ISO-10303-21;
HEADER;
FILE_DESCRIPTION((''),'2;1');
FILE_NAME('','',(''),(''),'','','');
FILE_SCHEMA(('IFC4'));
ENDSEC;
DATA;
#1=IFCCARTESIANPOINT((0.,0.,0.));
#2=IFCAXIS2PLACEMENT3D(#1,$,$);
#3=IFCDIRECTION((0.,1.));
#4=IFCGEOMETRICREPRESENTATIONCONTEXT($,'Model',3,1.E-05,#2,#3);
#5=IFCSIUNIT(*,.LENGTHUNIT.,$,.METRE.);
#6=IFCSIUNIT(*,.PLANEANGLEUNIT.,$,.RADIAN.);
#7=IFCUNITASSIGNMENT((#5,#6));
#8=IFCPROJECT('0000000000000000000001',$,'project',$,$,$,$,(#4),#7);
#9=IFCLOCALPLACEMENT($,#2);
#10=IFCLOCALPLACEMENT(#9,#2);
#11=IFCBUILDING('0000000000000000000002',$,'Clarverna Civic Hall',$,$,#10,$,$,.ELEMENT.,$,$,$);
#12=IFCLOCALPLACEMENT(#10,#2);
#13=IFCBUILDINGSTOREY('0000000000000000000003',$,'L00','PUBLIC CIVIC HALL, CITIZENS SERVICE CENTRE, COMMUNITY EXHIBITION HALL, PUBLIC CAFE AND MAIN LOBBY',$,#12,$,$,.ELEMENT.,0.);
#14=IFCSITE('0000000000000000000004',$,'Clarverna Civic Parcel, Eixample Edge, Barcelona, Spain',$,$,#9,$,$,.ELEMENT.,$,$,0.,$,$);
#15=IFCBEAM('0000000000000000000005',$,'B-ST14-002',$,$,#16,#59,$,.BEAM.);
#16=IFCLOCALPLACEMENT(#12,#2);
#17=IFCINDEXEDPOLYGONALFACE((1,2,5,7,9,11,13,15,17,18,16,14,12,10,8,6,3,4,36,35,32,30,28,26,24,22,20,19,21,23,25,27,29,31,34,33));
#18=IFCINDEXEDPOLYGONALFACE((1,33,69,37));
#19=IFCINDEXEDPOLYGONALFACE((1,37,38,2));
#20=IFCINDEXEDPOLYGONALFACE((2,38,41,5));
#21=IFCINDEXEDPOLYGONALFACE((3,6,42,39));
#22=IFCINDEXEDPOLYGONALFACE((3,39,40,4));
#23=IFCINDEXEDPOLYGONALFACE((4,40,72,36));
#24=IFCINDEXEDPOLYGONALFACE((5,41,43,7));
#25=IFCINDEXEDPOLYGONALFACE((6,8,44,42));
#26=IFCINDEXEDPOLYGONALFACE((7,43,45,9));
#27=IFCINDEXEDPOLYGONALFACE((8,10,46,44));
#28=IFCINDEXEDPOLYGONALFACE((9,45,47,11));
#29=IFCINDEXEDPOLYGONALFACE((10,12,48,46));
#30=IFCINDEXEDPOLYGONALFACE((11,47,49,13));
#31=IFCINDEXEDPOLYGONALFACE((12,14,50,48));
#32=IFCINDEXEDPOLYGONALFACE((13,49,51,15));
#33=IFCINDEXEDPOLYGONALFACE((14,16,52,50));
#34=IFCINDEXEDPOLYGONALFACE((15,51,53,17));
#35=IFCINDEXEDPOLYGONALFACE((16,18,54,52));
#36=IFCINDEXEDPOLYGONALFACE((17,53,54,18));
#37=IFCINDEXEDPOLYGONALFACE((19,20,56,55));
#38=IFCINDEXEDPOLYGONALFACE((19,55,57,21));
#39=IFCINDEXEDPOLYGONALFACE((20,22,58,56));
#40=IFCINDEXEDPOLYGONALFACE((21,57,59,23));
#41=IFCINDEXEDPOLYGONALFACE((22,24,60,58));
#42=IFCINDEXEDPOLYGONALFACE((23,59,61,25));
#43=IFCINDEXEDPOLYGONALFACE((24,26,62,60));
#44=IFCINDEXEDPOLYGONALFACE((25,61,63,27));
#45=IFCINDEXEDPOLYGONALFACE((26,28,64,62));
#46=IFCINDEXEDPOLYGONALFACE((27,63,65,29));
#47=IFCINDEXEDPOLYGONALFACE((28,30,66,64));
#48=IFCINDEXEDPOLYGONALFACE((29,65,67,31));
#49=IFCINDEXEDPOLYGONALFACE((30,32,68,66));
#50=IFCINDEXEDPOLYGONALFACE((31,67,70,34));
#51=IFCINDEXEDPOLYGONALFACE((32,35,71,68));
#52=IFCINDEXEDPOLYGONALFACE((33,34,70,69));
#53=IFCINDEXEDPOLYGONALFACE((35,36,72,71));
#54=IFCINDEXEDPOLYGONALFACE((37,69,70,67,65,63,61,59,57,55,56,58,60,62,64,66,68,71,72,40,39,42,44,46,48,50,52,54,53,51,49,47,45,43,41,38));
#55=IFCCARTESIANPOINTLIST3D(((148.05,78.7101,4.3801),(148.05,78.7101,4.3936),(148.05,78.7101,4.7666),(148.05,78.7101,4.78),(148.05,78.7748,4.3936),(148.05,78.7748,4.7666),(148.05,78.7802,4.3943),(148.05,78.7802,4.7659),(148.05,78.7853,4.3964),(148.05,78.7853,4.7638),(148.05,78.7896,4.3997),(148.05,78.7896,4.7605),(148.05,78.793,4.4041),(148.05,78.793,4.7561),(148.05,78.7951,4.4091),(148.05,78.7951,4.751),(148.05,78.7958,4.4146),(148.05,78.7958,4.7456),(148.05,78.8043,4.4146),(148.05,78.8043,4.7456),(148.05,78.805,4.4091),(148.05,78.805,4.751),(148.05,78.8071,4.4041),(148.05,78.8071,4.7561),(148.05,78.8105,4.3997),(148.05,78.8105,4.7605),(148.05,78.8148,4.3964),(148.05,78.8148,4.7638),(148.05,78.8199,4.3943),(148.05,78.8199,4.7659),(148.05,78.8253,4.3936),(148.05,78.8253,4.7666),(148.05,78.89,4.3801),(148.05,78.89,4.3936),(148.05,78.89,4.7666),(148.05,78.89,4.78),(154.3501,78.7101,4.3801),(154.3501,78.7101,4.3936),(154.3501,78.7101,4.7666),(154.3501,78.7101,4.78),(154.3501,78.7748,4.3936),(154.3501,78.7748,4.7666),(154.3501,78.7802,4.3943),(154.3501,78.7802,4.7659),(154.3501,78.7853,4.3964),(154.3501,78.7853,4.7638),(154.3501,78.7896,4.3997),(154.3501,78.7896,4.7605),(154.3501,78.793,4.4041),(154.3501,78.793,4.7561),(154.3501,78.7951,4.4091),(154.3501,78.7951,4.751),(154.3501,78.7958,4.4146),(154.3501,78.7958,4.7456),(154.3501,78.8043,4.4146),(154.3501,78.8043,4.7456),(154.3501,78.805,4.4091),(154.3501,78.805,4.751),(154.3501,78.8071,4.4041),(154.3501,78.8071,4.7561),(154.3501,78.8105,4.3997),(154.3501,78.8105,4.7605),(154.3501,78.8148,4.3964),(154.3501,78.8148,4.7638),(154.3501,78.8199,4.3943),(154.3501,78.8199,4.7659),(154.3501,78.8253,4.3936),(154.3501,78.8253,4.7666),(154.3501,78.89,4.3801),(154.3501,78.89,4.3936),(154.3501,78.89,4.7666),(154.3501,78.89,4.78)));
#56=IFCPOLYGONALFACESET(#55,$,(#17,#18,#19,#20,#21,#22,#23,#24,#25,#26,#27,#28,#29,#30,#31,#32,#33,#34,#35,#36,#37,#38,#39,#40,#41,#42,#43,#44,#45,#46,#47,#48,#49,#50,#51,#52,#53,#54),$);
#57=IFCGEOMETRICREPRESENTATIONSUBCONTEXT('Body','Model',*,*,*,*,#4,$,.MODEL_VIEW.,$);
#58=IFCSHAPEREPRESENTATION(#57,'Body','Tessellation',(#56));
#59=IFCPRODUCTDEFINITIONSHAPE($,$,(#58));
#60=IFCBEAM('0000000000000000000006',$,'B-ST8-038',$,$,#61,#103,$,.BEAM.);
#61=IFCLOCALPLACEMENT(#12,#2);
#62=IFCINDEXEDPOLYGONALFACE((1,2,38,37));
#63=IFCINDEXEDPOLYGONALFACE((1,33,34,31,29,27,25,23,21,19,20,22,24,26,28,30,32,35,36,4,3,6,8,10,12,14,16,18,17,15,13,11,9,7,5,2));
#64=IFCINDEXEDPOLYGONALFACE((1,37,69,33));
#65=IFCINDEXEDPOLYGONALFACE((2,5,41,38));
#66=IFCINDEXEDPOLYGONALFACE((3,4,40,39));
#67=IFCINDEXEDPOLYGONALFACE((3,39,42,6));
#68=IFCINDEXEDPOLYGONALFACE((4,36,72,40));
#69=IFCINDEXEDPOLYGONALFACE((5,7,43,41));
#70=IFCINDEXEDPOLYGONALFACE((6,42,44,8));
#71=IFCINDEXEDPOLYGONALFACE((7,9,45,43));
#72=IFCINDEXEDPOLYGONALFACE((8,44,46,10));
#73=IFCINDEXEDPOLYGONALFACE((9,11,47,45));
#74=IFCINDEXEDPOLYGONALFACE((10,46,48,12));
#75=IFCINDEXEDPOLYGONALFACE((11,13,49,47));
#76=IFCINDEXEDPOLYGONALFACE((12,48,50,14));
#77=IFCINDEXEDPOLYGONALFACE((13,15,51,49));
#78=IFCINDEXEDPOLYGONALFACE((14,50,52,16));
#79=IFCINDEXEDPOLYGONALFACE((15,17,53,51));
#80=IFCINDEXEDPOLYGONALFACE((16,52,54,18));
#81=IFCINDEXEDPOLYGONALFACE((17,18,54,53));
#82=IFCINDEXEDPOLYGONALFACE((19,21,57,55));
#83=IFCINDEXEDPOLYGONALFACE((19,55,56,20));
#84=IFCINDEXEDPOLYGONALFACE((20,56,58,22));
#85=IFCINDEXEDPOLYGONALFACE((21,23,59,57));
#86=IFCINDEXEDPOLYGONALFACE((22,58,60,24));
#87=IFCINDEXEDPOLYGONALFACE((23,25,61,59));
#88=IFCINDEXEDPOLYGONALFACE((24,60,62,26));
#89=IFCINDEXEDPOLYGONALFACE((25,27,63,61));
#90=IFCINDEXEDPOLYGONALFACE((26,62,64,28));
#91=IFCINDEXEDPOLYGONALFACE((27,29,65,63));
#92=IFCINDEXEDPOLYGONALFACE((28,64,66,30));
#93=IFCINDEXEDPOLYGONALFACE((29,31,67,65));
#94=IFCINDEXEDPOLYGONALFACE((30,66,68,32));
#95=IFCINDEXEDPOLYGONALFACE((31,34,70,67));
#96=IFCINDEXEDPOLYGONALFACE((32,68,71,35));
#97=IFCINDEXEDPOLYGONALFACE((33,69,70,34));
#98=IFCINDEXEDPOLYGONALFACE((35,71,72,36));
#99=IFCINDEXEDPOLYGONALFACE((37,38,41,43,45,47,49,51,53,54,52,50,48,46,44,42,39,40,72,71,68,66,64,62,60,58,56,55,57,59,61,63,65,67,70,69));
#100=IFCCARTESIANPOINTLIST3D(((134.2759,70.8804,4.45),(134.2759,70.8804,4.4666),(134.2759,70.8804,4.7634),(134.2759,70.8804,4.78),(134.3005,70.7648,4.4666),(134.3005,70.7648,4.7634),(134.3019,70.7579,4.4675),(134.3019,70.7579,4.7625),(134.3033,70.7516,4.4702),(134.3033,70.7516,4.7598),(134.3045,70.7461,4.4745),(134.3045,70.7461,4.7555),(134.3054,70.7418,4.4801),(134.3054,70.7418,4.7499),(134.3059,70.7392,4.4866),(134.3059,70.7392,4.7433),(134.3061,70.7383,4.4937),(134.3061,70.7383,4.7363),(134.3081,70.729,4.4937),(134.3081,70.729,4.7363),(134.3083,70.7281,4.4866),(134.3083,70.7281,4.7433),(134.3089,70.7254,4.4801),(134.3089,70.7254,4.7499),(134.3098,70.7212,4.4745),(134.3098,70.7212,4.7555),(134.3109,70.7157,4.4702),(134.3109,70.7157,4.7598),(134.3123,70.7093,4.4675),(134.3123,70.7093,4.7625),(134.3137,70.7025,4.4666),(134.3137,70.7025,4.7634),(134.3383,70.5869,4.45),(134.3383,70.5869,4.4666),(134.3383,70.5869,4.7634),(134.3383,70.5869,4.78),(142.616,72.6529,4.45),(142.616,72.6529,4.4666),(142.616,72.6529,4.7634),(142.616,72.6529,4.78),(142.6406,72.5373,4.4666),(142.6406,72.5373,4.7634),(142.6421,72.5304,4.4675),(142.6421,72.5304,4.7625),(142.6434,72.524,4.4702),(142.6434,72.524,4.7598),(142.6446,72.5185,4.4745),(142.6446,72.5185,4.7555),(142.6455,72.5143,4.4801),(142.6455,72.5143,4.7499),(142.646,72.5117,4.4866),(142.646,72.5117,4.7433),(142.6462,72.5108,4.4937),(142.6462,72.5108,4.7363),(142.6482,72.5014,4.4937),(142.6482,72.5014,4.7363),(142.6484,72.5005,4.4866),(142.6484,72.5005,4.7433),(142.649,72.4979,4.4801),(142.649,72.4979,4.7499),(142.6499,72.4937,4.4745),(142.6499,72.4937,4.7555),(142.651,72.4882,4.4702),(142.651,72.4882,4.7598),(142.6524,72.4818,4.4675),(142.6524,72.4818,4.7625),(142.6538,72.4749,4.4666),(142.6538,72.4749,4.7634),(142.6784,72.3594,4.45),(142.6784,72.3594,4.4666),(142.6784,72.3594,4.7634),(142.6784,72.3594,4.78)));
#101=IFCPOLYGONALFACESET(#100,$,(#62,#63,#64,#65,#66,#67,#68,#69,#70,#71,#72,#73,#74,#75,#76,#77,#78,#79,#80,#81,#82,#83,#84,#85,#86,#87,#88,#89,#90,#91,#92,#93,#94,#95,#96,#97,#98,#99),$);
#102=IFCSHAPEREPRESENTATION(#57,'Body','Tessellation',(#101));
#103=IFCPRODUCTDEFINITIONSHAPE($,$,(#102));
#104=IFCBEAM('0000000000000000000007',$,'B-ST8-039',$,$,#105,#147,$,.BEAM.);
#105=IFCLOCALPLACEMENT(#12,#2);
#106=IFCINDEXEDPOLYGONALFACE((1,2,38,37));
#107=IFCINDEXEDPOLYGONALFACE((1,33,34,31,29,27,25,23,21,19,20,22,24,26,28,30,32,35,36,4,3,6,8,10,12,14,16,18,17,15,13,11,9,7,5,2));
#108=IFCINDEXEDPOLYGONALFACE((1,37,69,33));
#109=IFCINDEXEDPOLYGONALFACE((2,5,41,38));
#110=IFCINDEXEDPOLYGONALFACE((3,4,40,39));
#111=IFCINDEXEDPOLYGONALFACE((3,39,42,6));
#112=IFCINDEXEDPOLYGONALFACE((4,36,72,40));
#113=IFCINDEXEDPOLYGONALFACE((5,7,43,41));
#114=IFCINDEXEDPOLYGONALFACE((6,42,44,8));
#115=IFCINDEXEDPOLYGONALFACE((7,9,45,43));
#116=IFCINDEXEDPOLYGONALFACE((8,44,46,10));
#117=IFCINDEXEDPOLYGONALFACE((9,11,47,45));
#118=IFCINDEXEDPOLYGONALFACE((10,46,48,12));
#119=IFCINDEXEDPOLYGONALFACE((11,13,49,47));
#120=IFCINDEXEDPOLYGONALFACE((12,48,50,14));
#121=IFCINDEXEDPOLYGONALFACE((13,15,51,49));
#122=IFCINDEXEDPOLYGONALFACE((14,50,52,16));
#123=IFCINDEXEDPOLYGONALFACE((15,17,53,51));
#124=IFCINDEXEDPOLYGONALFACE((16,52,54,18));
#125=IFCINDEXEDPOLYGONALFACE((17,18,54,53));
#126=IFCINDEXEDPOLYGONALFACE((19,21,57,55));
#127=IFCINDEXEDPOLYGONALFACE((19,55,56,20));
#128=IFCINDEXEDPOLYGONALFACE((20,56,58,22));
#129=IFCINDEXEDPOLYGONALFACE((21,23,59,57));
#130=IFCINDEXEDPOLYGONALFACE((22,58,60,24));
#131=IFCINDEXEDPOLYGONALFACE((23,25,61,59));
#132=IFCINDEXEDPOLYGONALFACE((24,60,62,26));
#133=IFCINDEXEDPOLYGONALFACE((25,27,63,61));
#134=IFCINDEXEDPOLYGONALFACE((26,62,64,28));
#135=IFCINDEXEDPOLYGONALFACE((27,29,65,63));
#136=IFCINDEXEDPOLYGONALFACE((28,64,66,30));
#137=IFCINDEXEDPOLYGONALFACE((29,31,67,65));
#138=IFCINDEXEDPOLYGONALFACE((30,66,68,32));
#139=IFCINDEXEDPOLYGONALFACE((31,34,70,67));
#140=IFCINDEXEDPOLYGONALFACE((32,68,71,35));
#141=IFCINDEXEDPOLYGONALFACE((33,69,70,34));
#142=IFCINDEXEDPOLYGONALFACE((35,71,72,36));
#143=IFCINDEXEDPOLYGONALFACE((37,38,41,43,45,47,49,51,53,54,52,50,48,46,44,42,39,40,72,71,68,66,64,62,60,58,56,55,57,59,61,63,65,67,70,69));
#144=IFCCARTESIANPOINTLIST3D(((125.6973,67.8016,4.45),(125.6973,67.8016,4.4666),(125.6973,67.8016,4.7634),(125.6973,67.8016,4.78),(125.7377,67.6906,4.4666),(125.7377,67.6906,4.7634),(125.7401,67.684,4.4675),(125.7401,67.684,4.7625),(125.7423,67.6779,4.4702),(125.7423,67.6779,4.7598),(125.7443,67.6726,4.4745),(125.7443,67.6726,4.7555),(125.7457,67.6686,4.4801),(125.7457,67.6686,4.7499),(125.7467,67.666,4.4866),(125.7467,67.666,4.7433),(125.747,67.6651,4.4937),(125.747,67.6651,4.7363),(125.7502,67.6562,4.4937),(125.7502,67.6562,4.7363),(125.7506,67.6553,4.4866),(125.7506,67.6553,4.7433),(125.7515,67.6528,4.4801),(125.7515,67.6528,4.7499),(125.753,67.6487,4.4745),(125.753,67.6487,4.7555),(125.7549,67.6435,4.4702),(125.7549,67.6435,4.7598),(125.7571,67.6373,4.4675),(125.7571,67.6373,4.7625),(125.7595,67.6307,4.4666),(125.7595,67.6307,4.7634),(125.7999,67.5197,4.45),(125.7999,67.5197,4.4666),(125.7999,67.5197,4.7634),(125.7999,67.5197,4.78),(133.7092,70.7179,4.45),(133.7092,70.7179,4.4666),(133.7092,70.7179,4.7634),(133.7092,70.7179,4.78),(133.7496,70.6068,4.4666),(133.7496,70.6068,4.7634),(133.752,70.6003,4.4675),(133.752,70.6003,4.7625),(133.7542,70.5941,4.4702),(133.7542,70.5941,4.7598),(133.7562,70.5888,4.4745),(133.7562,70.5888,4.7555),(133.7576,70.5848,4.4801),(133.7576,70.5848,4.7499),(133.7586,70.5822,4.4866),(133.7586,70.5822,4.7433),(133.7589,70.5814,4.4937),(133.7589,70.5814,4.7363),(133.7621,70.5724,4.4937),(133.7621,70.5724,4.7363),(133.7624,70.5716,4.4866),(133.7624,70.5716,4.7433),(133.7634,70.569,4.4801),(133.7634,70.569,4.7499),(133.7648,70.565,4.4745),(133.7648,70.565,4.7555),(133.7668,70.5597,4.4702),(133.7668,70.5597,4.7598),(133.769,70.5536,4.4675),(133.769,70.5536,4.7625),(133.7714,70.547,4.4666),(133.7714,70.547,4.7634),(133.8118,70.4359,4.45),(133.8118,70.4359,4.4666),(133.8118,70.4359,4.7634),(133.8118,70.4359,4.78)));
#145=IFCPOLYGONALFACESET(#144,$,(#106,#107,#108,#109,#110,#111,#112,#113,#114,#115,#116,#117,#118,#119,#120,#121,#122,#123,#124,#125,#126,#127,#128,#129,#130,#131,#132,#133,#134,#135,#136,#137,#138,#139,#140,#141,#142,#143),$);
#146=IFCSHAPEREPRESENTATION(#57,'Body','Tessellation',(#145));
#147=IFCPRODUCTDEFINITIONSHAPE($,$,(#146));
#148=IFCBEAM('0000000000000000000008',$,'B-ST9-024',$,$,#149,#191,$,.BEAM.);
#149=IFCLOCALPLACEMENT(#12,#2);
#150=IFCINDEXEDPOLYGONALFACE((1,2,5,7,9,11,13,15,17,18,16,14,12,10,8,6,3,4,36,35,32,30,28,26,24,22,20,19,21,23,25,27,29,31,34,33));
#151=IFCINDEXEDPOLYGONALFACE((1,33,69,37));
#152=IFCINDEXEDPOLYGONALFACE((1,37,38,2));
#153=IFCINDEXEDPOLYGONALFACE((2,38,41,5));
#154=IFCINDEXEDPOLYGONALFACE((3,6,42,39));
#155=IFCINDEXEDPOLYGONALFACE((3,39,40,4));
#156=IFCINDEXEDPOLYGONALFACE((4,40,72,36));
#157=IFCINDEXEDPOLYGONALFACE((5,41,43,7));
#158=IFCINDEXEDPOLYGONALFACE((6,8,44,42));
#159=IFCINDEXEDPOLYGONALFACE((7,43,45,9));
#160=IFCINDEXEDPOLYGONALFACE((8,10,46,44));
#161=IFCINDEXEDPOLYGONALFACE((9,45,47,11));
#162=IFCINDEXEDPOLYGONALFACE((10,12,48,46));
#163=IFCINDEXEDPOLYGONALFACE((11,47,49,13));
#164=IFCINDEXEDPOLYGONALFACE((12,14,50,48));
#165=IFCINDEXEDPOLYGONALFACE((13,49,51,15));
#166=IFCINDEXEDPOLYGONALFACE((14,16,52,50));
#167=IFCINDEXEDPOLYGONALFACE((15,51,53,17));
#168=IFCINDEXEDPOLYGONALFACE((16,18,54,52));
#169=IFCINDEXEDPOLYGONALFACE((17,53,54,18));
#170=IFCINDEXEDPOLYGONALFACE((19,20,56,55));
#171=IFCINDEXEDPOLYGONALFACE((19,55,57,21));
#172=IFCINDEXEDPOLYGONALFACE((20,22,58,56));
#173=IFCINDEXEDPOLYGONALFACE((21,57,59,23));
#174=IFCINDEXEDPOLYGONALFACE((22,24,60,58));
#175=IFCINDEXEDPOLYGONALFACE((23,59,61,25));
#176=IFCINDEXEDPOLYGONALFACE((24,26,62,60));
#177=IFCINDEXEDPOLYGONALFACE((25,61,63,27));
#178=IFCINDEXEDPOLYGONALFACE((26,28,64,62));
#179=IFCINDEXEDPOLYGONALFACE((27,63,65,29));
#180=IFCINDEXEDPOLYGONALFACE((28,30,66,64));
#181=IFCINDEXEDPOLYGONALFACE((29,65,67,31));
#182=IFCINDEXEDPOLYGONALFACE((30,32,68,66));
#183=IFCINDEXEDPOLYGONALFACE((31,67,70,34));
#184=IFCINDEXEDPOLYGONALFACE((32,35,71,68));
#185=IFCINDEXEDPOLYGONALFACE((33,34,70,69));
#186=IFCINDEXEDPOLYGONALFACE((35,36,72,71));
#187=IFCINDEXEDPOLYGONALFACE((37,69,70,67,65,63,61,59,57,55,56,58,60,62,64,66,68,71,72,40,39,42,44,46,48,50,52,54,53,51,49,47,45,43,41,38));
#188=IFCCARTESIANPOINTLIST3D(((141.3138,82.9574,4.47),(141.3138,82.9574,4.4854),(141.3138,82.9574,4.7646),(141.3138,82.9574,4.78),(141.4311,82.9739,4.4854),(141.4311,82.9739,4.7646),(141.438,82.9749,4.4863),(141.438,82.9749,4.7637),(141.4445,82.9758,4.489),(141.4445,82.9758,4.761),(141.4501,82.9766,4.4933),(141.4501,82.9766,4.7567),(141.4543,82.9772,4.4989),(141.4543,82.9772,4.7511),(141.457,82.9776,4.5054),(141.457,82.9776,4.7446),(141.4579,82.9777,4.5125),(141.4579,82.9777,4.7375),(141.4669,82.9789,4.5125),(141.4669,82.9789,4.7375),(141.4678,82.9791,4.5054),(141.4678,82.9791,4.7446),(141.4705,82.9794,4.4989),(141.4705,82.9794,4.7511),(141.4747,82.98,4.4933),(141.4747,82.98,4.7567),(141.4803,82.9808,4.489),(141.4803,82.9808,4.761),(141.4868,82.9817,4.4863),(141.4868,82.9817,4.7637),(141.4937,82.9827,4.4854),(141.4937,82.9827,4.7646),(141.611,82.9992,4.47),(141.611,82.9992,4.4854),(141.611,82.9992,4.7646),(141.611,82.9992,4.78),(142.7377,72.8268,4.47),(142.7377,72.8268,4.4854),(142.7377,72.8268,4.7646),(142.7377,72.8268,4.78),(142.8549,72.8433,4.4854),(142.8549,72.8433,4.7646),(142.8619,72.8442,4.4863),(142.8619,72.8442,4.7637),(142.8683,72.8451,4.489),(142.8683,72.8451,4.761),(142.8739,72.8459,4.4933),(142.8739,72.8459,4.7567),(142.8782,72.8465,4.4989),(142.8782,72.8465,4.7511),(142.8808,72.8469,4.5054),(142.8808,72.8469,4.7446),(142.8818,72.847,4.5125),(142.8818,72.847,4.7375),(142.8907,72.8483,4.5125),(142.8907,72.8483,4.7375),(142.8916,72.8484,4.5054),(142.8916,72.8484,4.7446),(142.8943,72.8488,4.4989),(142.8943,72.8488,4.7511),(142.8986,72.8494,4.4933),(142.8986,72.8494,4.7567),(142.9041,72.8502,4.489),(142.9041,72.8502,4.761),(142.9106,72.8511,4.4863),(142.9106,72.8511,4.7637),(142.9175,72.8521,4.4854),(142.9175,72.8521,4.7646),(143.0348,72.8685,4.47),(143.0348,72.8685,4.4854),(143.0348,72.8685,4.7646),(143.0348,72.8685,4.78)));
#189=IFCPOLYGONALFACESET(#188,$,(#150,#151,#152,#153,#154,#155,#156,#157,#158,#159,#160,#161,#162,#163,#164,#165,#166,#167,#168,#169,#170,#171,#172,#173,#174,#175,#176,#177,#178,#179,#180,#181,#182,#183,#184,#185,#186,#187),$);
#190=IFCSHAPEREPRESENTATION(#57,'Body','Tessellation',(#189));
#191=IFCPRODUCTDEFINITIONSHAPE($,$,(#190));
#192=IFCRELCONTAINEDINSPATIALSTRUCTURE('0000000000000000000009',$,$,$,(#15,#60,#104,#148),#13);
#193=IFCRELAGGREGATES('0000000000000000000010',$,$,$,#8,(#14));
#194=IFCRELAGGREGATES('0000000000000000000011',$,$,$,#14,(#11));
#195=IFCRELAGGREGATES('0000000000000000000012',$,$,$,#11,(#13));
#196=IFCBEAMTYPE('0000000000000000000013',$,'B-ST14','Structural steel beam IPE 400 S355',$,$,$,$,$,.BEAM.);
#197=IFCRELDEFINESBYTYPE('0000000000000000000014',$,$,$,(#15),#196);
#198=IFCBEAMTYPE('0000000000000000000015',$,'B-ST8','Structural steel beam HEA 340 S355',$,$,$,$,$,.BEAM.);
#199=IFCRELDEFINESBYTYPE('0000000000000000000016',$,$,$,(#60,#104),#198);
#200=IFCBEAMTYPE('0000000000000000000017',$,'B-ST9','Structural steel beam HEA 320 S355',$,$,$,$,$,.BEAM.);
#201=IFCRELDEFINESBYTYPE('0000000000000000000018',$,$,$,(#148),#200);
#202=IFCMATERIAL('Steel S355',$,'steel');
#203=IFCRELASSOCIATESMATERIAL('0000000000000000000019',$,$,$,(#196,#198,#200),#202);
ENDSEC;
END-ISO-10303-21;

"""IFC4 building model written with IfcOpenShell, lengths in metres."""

from ifc_helpers import new_model, si_unit, direction, frame, origin, origin_2d, place, context, subcontext, project, spatial, i_section, extrude, material, material_profile, profile_set, type_object, element, save


model = new_model("IFC4")

# Units and contexts
model_context = context("Model", 3, precision=1e-05, world=origin(), true_north=direction((0.0, 1.0)))
body_context = subcontext(model_context, "Body", "Model", "MODEL_VIEW")
ifc_project = project(units=[si_unit("LENGTHUNIT", "METRE"), si_unit("PLANEANGLEUNIT", "RADIAN")], contexts=[model_context])

# Site, building, storey
site_placement = place(None, origin())
site = spatial("IfcSite", under=ifc_project, at=site_placement, Name="Clarverna Civic Parcel, Eixample Edge, Barcelona, Spain", CompositionType="ELEMENT", RefElevation=0.0)
building_placement = place(site_placement, origin())
building = spatial("IfcBuilding", under=site, at=building_placement, Name="Clarverna Civic Hall", CompositionType="ELEMENT")
storey_placement = place(building_placement, origin())
storey = spatial("IfcBuildingStorey", under=building, at=storey_placement, Name="L00", Description="PUBLIC CIVIC HALL, CITIZENS SERVICE CENTRE, COMMUNITY EXHIBITION HALL, PUBLIC CAFE AND MAIN LOBBY", CompositionType="ELEMENT", Elevation=0.0)

# Beams
ifc_material_1 = material(Name="Steel S355", Category="steel")
ifc_material_profile_1 = material_profile(ifc_material_1, i_section(OverallWidth=0.1799, OverallDepth=0.3999, WebThickness=0.0085, FlangeThickness=0.0134, FilletRadius=0.021, at=origin_2d()), Name="IPE 400")
ifc_profile_set_1 = profile_set([ifc_material_profile_1], Name="Steel S355")
beam_type_1 = type_object("IfcBeamType", Name="B-ST14", Description="Structural steel beam IPE 400 S355", PredefinedType="BEAM", material=ifc_profile_set_1)
beam_1_placement = place(storey_placement, frame((148.05, 78.8, 4.5801), z_axis=(1.0, 0.0, 0.0), x_axis=(0.0, 1.0, 0.0)))
element("IfcBeam", 1, at=beam_1_placement, inside=storey, type_object=beam_type_1, Name="B-ST14-002", PredefinedType="BEAM", context=body_context, shape_type="SweptSolid", body=[
    extrude(i_section(OverallWidth=0.1799, OverallDepth=0.3999, WebThickness=0.0085, FlangeThickness=0.0134, FilletRadius=0.021, at=origin_2d()), origin(), (0.0, 0.0, 1.0), 6.3),
])
ifc_material_profile_2 = material_profile(ifc_material_1, i_section(OverallWidth=0.3, OverallDepth=0.3301, WebThickness=0.0095, FlangeThickness=0.0166, FilletRadius=0.0271, at=origin_2d()), Name="HEA 340")
ifc_profile_set_2 = profile_set([ifc_material_profile_2], Name="Steel S355")
beam_type_2 = type_object("IfcBeamType", Name="B-ST8", Description="Structural steel beam HEA 340 S355", PredefinedType="BEAM", material=ifc_profile_set_2)
beam_2_placement = place(storey_placement, frame((142.6472, 72.5061, 4.615), z_axis=(-0.978154, -0.20788, 0.0), x_axis=(0.20788, -0.978154, 0.0)))
element("IfcBeam", 2, at=beam_2_placement, inside=storey, type_object=beam_type_2, Name="B-ST8-038", PredefinedType="BEAM", context=body_context, shape_type="SweptSolid", body=[
    extrude(i_section(OverallWidth=0.3, OverallDepth=0.3301, WebThickness=0.0095, FlangeThickness=0.0166, FilletRadius=0.0271, at=origin_2d()), origin(), (0.0, 0.0, 1.0), 8.5264),
])
beam_3_placement = place(storey_placement, frame((133.7605, 70.5769, 4.615), z_axis=(-0.939687, -0.342035, 0.0), x_axis=(0.342035, -0.939687, 0.0)))
element("IfcBeam", 3, at=beam_3_placement, inside=storey, type_object=beam_type_2, Name="B-ST8-039", PredefinedType="BEAM", context=body_context, shape_type="SweptSolid", body=[
    extrude(i_section(OverallWidth=0.3, OverallDepth=0.3301, WebThickness=0.0095, FlangeThickness=0.0166, FilletRadius=0.0271, at=origin_2d()), origin(), (0.0, 0.0, 1.0), 8.5261),
])
ifc_material_profile_3 = material_profile(ifc_material_1, i_section(OverallWidth=0.3, OverallDepth=0.3101, WebThickness=0.009, FlangeThickness=0.0154, FilletRadius=0.0271, at=origin_2d()), Name="HEA 320")
ifc_profile_set_3 = profile_set([ifc_material_profile_3], Name="Steel S355")
beam_type_3 = type_object("IfcBeamType", Name="B-ST9", Description="Structural steel beam HEA 320 S355", PredefinedType="BEAM", material=ifc_profile_set_3)
beam_4_placement = place(storey_placement, frame((142.8862, 72.8477, 4.625), z_axis=(-0.139179, 0.990267, 0.0), x_axis=(-0.990267, -0.139179, 0.0)))
element("IfcBeam", 4, at=beam_4_placement, inside=storey, type_object=beam_type_3, Name="B-ST9-024", PredefinedType="BEAM", context=body_context, shape_type="SweptSolid", body=[
    extrude(i_section(OverallWidth=0.3, OverallDepth=0.3101, WebThickness=0.009, FlangeThickness=0.0154, FilletRadius=0.0271, at=origin_2d()), origin(), (0.0, 0.0, 1.0), 10.2302),
])

save(model, "model.ifc")
